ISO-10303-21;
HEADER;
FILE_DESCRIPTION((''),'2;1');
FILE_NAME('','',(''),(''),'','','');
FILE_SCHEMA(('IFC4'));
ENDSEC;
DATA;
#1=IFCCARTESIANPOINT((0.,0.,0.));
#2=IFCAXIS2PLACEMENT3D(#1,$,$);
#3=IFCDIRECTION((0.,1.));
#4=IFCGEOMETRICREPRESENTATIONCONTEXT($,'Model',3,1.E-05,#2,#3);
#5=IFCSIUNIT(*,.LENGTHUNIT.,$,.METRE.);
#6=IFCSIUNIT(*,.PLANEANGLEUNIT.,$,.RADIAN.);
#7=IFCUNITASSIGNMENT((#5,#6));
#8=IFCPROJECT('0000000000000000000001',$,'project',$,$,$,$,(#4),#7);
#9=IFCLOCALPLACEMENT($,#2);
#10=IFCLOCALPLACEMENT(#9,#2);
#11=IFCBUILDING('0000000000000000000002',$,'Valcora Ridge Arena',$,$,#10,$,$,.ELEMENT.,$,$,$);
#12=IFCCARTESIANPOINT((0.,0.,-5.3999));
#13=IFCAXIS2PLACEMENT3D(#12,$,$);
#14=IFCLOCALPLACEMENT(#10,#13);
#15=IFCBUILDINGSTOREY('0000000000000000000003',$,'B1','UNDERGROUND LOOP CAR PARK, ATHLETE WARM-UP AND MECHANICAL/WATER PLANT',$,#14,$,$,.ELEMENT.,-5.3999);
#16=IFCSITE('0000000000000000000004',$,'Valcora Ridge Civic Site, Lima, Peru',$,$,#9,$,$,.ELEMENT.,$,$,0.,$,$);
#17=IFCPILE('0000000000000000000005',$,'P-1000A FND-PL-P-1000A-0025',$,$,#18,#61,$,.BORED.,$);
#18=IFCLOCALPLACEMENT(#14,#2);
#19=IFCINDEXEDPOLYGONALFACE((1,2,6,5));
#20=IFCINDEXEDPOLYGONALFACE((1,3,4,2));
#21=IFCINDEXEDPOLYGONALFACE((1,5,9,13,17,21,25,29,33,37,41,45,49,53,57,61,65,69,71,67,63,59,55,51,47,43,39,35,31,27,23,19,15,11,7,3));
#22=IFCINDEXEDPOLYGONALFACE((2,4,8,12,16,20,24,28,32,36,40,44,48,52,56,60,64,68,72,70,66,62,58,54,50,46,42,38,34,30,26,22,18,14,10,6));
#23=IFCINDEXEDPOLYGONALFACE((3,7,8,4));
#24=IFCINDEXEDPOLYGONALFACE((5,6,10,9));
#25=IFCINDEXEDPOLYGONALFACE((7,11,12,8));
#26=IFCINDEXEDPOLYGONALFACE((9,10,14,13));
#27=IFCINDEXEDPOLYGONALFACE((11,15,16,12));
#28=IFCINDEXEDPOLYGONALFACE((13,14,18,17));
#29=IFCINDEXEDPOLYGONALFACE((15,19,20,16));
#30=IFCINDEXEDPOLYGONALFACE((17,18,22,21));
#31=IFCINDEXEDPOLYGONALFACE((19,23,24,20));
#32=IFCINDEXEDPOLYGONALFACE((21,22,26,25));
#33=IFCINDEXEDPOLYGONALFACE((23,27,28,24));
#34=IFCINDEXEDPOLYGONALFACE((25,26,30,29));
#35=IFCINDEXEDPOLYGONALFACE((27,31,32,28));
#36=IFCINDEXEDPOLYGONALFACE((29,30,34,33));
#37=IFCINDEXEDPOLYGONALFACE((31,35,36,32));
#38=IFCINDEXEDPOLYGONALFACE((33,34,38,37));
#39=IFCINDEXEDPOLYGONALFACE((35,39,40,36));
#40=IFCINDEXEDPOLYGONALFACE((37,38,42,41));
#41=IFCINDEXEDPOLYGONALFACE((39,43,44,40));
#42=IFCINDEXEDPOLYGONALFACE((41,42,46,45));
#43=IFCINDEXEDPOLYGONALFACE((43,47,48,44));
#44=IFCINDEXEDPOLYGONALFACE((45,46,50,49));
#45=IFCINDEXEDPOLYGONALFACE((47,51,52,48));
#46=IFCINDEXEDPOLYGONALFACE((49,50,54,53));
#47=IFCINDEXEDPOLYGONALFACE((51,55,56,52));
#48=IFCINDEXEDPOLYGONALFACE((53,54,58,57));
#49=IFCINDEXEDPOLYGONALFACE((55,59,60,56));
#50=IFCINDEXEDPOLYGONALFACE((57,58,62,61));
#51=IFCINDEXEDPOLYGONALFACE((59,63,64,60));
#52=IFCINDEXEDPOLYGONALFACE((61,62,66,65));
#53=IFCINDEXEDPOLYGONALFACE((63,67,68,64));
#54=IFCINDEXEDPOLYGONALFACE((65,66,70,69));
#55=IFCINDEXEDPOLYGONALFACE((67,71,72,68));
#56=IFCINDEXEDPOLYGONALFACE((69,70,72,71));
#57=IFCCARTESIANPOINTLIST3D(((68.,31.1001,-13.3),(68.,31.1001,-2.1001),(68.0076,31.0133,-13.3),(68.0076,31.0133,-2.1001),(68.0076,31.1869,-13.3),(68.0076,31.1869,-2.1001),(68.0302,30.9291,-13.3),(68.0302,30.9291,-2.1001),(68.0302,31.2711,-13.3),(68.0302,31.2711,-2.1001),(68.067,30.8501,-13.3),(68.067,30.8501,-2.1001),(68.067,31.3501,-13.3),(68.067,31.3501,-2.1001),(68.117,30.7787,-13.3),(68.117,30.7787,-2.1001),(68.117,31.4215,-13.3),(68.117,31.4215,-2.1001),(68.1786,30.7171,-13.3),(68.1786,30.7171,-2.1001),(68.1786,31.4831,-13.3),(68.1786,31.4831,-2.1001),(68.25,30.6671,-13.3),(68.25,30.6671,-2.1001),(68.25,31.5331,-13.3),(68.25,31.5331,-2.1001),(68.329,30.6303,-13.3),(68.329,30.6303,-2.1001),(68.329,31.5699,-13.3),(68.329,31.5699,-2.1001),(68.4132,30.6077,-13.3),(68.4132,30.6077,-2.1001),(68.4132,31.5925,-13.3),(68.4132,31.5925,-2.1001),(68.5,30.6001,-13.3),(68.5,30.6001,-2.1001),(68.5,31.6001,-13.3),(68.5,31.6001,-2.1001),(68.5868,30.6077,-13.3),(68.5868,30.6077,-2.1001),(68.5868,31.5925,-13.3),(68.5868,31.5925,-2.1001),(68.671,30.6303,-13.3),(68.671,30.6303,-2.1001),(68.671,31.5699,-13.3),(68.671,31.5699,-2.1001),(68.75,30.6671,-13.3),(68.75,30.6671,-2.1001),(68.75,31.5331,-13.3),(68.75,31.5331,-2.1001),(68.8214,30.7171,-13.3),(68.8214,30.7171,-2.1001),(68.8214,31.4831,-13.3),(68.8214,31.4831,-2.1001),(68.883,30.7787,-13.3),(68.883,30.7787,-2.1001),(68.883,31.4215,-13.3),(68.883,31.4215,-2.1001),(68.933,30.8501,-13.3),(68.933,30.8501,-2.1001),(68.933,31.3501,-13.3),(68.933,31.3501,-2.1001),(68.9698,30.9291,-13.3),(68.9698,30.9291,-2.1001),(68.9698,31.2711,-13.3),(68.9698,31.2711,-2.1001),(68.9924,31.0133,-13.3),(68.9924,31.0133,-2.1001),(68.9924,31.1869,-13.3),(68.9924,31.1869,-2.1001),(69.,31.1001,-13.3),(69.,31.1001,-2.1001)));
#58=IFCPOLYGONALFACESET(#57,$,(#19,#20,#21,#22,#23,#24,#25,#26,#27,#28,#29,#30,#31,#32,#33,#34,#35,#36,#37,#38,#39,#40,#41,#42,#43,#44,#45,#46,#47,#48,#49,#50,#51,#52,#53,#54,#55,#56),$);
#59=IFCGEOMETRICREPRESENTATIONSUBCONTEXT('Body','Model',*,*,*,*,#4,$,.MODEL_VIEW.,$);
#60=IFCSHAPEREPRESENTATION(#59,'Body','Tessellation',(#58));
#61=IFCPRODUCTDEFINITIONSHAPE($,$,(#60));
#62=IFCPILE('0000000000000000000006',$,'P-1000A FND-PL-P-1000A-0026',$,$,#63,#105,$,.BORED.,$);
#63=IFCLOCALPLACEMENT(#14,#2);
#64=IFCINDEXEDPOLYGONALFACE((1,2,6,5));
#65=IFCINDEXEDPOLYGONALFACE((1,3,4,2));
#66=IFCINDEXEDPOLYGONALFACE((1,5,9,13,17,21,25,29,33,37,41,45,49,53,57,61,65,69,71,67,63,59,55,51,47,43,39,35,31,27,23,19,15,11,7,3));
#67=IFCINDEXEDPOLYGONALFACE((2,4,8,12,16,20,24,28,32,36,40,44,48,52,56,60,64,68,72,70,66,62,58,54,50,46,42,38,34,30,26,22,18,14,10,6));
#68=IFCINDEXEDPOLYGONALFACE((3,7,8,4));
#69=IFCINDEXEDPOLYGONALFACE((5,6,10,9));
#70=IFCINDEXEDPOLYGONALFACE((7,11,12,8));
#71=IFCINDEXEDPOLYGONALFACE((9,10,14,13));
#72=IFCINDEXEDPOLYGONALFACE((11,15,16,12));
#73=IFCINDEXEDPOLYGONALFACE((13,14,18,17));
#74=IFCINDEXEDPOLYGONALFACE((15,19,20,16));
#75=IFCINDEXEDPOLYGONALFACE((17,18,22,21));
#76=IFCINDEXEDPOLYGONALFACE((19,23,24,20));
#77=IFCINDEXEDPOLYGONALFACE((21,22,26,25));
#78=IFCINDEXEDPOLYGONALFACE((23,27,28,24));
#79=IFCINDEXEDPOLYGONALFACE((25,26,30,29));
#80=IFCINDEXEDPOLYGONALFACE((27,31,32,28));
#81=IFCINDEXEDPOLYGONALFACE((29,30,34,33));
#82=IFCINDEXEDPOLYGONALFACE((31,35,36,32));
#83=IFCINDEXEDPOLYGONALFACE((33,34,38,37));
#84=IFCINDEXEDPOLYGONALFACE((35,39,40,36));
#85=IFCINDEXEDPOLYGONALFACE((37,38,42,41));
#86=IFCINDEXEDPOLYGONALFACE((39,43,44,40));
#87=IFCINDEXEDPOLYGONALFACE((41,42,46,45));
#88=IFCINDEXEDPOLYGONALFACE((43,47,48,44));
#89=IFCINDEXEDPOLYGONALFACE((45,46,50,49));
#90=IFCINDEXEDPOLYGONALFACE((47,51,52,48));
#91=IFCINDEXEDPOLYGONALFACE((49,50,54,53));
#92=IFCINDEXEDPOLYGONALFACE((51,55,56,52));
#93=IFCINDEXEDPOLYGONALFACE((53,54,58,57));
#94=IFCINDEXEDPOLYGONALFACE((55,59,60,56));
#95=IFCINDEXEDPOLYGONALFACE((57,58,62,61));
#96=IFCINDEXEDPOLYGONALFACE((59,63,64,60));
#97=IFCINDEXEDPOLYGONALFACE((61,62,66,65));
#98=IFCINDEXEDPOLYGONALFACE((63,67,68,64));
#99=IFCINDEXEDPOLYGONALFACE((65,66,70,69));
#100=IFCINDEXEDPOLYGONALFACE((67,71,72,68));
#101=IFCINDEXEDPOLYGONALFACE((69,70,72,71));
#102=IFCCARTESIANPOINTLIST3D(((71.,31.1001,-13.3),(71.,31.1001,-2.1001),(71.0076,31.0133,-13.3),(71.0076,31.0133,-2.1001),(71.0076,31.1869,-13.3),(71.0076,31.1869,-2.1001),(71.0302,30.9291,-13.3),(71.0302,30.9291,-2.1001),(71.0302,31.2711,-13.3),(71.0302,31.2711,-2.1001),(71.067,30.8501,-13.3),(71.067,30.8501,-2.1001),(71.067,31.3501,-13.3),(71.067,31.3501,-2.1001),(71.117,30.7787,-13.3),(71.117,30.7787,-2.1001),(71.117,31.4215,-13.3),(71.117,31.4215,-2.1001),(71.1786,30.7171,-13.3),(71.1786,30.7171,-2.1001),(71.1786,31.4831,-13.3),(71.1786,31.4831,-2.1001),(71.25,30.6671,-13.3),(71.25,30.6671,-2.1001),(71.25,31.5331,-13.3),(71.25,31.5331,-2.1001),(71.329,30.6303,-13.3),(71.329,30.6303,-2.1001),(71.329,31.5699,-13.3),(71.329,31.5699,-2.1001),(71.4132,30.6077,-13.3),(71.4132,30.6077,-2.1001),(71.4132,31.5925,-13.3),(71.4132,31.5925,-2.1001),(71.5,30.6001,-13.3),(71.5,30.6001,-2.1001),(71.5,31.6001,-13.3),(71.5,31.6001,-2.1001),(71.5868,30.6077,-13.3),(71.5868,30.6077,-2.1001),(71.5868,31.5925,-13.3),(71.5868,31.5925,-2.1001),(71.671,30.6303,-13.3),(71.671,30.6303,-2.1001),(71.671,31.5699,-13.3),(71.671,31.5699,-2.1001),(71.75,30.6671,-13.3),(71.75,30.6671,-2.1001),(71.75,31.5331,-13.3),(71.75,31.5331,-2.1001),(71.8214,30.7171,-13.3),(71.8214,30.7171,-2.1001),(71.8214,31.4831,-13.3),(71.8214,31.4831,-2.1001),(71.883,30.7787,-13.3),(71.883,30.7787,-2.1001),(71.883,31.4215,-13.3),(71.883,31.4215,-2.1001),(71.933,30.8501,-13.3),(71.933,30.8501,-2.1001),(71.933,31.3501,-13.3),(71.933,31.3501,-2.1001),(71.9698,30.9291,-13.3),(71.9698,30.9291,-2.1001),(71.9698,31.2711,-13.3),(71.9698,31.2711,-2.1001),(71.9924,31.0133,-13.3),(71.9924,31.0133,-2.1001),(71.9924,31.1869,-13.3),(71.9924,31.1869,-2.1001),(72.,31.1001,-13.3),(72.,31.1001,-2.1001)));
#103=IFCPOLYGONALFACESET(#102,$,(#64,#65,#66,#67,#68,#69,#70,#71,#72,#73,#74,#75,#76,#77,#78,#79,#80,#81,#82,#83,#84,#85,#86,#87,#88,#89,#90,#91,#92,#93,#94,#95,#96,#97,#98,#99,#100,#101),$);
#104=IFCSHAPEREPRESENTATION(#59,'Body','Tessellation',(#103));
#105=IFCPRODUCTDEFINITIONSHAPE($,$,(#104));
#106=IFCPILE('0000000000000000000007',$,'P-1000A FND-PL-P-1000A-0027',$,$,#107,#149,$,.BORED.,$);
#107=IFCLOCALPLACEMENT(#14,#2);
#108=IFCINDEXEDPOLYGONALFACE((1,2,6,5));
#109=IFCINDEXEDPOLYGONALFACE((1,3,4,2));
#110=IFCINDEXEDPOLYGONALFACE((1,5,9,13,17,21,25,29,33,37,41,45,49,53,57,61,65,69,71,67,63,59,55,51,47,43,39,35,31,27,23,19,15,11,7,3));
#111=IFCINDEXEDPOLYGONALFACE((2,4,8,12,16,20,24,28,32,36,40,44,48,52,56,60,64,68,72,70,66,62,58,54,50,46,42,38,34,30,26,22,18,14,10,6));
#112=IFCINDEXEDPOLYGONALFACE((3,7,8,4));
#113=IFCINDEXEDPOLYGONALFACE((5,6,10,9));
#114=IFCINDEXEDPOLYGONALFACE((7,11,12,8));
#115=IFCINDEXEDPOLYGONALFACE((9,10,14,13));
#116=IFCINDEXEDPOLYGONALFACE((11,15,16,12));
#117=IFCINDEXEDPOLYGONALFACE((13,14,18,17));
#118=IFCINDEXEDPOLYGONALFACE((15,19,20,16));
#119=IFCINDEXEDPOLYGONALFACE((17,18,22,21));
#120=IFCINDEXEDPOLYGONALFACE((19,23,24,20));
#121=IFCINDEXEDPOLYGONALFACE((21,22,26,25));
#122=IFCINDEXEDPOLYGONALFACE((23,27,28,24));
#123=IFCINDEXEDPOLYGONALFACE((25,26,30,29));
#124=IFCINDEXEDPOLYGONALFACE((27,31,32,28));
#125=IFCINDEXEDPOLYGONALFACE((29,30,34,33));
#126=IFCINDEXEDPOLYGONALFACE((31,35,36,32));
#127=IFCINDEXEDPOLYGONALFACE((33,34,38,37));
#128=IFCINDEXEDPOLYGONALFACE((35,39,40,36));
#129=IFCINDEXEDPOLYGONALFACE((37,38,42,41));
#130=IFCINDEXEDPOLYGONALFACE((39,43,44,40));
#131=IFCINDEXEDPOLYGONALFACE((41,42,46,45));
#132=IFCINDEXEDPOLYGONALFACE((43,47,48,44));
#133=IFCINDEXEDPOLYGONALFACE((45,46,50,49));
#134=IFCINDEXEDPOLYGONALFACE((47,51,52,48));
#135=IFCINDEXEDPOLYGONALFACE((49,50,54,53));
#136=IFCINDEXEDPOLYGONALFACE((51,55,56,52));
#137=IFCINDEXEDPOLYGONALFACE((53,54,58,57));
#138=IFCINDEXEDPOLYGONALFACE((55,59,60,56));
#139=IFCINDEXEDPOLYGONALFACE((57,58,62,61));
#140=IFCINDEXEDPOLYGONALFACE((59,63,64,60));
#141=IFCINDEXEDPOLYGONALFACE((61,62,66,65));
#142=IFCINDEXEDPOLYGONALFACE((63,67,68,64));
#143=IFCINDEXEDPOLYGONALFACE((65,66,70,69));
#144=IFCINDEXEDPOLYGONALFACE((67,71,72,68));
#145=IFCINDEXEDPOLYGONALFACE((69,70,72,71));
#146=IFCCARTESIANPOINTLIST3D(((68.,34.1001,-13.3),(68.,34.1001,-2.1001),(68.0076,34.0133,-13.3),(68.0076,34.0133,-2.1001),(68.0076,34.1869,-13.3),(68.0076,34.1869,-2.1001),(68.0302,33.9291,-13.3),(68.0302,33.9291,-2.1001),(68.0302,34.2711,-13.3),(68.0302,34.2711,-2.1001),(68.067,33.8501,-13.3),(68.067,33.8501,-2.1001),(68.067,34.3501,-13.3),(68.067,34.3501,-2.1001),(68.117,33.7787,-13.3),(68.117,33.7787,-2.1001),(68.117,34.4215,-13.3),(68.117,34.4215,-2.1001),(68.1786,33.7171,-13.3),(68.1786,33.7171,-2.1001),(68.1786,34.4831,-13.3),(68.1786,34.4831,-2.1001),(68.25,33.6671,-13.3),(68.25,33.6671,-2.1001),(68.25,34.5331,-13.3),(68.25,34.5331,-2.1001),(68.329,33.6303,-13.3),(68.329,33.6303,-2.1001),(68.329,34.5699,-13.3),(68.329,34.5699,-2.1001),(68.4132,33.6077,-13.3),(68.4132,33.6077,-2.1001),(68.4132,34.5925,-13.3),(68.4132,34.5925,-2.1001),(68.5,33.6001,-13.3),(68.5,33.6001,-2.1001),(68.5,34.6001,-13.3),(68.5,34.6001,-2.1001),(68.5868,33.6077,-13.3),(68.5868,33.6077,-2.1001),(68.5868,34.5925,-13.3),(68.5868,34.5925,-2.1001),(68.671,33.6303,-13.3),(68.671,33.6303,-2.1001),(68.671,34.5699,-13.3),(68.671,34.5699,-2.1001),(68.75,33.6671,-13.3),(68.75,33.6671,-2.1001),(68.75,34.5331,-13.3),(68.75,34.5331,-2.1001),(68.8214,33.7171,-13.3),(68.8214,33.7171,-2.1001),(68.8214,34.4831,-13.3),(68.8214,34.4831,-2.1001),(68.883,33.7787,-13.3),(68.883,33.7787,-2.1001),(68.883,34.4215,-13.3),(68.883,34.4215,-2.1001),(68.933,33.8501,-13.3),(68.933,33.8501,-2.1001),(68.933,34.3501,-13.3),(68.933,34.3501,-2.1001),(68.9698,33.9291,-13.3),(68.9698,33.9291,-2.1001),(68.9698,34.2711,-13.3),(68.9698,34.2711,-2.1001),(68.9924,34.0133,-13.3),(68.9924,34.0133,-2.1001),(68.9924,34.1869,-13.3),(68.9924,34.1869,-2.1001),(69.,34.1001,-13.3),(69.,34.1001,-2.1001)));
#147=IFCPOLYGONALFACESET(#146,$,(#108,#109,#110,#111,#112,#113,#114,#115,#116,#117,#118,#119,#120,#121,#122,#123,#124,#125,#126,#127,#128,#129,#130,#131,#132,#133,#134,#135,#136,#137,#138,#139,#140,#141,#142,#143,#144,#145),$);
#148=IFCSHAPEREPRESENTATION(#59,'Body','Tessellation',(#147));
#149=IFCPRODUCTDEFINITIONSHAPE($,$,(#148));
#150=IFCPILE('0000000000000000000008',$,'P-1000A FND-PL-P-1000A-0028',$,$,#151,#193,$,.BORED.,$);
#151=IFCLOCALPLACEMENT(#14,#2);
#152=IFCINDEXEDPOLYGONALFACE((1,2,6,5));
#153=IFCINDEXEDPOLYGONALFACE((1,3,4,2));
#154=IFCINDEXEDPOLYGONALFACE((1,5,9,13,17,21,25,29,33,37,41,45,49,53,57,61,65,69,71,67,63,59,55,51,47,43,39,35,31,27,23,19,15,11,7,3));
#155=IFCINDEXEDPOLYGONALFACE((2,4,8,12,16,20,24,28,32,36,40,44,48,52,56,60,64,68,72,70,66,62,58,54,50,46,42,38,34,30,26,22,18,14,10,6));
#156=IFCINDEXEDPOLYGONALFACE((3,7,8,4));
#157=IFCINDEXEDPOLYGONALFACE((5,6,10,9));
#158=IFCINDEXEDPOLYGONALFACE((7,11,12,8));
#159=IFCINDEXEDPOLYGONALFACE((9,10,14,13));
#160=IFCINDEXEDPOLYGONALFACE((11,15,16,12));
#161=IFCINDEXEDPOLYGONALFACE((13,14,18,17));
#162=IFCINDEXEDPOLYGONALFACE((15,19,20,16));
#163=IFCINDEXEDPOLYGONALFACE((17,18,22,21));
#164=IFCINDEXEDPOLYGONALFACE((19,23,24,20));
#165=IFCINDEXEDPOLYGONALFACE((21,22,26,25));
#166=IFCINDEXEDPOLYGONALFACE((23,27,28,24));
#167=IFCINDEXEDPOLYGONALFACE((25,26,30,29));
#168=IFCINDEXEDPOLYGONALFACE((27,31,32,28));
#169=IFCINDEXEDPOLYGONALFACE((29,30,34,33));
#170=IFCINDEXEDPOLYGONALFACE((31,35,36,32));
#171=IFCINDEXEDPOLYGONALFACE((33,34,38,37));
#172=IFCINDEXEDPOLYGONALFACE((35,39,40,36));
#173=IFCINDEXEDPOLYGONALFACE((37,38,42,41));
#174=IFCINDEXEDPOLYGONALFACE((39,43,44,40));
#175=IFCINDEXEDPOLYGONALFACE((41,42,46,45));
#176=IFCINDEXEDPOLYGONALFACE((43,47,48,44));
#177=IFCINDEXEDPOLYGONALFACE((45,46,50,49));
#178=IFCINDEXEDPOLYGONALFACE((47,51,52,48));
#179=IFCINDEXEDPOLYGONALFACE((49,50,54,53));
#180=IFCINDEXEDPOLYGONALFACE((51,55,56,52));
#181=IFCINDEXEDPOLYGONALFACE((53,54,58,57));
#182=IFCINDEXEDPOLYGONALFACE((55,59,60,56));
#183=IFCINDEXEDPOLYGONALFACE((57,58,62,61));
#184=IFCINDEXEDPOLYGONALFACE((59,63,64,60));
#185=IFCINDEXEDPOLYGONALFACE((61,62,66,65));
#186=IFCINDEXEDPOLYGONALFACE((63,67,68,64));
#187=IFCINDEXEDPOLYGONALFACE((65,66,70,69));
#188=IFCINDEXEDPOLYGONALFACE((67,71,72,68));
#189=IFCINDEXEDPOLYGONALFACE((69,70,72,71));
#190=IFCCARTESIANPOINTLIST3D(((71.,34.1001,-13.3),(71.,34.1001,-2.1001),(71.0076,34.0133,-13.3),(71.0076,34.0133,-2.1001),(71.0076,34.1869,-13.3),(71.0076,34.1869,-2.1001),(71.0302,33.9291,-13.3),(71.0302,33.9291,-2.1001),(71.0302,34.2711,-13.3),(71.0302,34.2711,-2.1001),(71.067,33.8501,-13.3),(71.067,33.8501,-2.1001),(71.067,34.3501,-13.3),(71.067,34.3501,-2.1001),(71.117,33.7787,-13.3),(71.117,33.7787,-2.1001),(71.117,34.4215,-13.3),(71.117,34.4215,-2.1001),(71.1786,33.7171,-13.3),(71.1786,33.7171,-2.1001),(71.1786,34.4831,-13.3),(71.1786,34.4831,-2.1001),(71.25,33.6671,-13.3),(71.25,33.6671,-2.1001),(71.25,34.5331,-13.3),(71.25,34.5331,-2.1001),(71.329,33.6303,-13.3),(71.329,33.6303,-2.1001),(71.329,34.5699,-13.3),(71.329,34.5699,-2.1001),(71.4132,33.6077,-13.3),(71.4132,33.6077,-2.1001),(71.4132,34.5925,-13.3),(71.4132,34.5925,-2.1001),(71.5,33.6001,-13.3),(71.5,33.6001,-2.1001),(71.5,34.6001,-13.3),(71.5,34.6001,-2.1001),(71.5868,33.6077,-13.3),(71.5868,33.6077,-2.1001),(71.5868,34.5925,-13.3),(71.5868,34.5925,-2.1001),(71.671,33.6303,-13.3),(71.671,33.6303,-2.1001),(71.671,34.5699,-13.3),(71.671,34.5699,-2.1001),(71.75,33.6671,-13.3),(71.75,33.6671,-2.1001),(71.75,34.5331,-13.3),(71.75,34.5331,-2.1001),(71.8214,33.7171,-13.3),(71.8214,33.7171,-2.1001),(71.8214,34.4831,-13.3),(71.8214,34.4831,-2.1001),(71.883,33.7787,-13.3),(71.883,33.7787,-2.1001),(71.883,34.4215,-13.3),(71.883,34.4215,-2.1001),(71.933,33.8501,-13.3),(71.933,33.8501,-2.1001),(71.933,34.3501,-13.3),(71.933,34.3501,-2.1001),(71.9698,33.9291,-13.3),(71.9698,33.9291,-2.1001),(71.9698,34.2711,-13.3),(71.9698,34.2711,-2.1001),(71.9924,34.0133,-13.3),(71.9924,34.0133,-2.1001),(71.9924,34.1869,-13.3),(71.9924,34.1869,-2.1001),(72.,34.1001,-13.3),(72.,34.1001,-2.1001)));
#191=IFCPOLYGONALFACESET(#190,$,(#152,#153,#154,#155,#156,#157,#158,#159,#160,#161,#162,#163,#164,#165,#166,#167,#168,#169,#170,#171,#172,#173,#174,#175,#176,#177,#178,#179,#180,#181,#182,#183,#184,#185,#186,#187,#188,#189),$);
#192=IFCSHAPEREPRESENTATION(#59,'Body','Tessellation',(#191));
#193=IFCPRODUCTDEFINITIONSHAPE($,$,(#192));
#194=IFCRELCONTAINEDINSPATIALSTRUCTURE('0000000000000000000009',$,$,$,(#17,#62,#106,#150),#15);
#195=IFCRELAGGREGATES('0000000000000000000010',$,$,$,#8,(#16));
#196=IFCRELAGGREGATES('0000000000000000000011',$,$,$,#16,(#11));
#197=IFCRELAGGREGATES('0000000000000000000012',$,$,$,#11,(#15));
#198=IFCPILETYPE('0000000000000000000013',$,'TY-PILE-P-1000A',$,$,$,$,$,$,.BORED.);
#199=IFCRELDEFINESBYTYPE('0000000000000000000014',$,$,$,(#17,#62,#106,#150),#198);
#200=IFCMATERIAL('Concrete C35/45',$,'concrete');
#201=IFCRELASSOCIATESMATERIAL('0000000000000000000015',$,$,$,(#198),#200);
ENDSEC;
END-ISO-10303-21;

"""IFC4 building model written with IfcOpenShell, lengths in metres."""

from ifc_helpers import new_model, si_unit, direction, frame, origin, origin_2d, place, context, subcontext, project, spatial, circle, extrude, material, material_profile, profile_set, type_object, element, save


model = new_model("IFC4")

# Units and contexts
model_context = context("Model", 3, precision=1e-05, world=origin(), true_north=direction((0.0, 1.0)))
body_context = subcontext(model_context, "Body", "Model", "MODEL_VIEW")
ifc_project = project(units=[si_unit("LENGTHUNIT", "METRE"), si_unit("PLANEANGLEUNIT", "RADIAN")], contexts=[model_context])

# Site, building, storey
site_placement = place(None, origin())
site = spatial("IfcSite", under=ifc_project, at=site_placement, Name="Valcora Ridge Civic Site, Lima, Peru", CompositionType="ELEMENT", RefElevation=0.0)
building_placement = place(site_placement, origin())
building = spatial("IfcBuilding", under=site, at=building_placement, Name="Valcora Ridge Arena", CompositionType="ELEMENT")
storey_placement = place(building_placement, frame((0.0, 0.0, -5.3999)))
storey = spatial("IfcBuildingStorey", under=building, at=storey_placement, Name="B1", Description="UNDERGROUND LOOP CAR PARK, ATHLETE WARM-UP AND MECHANICAL/WATER PLANT", CompositionType="ELEMENT", Elevation=-5.3999)

# Piles
ifc_material_1 = material(Name="Concrete C35/45", Category="concrete")
ifc_material_profile_1 = material_profile(ifc_material_1, circle(Radius=0.5, at=origin_2d()), Name="BORED PILE D1000")
ifc_profile_set_1 = profile_set([ifc_material_profile_1], Name="Concrete C35/45")
pile_type_1 = type_object("IfcPileType", Name="TY-PILE-P-1000A", PredefinedType="BORED", material=ifc_profile_set_1)
for number, where, z_axis, x_axis, name in (
    (1, (68.5, 31.1001, -2.1001), (0.0, 0.0, -1.0), (1.0, 0.0, 0.0), "P-1000A FND-PL-P-1000A-0025"),
    (2, (71.5, 31.1001, -2.1001), (0.0, 0.0, -1.0), (1.0, 0.0, 0.0), "P-1000A FND-PL-P-1000A-0026"),
    (3, (68.5, 34.1001, -2.1001), (0.0, 0.0, -1.0), (1.0, 0.0, 0.0), "P-1000A FND-PL-P-1000A-0027"),
    (4, (71.5, 34.1001, -2.1001), (0.0, 0.0, -1.0), (1.0, 0.0, 0.0), "P-1000A FND-PL-P-1000A-0028"),
):
    element("IfcPile", number, at=place(storey_placement, frame(where, z_axis=z_axis, x_axis=x_axis)), inside=storey, type_object=pile_type_1, Name=name, PredefinedType="BORED", context=body_context, shape_type="SweptSolid", body=[
        extrude(circle(Radius=0.5, at=origin_2d()), origin(), (0.0, 0.0, 1.0), 11.2),
    ])

save(model, "model.ifc")
